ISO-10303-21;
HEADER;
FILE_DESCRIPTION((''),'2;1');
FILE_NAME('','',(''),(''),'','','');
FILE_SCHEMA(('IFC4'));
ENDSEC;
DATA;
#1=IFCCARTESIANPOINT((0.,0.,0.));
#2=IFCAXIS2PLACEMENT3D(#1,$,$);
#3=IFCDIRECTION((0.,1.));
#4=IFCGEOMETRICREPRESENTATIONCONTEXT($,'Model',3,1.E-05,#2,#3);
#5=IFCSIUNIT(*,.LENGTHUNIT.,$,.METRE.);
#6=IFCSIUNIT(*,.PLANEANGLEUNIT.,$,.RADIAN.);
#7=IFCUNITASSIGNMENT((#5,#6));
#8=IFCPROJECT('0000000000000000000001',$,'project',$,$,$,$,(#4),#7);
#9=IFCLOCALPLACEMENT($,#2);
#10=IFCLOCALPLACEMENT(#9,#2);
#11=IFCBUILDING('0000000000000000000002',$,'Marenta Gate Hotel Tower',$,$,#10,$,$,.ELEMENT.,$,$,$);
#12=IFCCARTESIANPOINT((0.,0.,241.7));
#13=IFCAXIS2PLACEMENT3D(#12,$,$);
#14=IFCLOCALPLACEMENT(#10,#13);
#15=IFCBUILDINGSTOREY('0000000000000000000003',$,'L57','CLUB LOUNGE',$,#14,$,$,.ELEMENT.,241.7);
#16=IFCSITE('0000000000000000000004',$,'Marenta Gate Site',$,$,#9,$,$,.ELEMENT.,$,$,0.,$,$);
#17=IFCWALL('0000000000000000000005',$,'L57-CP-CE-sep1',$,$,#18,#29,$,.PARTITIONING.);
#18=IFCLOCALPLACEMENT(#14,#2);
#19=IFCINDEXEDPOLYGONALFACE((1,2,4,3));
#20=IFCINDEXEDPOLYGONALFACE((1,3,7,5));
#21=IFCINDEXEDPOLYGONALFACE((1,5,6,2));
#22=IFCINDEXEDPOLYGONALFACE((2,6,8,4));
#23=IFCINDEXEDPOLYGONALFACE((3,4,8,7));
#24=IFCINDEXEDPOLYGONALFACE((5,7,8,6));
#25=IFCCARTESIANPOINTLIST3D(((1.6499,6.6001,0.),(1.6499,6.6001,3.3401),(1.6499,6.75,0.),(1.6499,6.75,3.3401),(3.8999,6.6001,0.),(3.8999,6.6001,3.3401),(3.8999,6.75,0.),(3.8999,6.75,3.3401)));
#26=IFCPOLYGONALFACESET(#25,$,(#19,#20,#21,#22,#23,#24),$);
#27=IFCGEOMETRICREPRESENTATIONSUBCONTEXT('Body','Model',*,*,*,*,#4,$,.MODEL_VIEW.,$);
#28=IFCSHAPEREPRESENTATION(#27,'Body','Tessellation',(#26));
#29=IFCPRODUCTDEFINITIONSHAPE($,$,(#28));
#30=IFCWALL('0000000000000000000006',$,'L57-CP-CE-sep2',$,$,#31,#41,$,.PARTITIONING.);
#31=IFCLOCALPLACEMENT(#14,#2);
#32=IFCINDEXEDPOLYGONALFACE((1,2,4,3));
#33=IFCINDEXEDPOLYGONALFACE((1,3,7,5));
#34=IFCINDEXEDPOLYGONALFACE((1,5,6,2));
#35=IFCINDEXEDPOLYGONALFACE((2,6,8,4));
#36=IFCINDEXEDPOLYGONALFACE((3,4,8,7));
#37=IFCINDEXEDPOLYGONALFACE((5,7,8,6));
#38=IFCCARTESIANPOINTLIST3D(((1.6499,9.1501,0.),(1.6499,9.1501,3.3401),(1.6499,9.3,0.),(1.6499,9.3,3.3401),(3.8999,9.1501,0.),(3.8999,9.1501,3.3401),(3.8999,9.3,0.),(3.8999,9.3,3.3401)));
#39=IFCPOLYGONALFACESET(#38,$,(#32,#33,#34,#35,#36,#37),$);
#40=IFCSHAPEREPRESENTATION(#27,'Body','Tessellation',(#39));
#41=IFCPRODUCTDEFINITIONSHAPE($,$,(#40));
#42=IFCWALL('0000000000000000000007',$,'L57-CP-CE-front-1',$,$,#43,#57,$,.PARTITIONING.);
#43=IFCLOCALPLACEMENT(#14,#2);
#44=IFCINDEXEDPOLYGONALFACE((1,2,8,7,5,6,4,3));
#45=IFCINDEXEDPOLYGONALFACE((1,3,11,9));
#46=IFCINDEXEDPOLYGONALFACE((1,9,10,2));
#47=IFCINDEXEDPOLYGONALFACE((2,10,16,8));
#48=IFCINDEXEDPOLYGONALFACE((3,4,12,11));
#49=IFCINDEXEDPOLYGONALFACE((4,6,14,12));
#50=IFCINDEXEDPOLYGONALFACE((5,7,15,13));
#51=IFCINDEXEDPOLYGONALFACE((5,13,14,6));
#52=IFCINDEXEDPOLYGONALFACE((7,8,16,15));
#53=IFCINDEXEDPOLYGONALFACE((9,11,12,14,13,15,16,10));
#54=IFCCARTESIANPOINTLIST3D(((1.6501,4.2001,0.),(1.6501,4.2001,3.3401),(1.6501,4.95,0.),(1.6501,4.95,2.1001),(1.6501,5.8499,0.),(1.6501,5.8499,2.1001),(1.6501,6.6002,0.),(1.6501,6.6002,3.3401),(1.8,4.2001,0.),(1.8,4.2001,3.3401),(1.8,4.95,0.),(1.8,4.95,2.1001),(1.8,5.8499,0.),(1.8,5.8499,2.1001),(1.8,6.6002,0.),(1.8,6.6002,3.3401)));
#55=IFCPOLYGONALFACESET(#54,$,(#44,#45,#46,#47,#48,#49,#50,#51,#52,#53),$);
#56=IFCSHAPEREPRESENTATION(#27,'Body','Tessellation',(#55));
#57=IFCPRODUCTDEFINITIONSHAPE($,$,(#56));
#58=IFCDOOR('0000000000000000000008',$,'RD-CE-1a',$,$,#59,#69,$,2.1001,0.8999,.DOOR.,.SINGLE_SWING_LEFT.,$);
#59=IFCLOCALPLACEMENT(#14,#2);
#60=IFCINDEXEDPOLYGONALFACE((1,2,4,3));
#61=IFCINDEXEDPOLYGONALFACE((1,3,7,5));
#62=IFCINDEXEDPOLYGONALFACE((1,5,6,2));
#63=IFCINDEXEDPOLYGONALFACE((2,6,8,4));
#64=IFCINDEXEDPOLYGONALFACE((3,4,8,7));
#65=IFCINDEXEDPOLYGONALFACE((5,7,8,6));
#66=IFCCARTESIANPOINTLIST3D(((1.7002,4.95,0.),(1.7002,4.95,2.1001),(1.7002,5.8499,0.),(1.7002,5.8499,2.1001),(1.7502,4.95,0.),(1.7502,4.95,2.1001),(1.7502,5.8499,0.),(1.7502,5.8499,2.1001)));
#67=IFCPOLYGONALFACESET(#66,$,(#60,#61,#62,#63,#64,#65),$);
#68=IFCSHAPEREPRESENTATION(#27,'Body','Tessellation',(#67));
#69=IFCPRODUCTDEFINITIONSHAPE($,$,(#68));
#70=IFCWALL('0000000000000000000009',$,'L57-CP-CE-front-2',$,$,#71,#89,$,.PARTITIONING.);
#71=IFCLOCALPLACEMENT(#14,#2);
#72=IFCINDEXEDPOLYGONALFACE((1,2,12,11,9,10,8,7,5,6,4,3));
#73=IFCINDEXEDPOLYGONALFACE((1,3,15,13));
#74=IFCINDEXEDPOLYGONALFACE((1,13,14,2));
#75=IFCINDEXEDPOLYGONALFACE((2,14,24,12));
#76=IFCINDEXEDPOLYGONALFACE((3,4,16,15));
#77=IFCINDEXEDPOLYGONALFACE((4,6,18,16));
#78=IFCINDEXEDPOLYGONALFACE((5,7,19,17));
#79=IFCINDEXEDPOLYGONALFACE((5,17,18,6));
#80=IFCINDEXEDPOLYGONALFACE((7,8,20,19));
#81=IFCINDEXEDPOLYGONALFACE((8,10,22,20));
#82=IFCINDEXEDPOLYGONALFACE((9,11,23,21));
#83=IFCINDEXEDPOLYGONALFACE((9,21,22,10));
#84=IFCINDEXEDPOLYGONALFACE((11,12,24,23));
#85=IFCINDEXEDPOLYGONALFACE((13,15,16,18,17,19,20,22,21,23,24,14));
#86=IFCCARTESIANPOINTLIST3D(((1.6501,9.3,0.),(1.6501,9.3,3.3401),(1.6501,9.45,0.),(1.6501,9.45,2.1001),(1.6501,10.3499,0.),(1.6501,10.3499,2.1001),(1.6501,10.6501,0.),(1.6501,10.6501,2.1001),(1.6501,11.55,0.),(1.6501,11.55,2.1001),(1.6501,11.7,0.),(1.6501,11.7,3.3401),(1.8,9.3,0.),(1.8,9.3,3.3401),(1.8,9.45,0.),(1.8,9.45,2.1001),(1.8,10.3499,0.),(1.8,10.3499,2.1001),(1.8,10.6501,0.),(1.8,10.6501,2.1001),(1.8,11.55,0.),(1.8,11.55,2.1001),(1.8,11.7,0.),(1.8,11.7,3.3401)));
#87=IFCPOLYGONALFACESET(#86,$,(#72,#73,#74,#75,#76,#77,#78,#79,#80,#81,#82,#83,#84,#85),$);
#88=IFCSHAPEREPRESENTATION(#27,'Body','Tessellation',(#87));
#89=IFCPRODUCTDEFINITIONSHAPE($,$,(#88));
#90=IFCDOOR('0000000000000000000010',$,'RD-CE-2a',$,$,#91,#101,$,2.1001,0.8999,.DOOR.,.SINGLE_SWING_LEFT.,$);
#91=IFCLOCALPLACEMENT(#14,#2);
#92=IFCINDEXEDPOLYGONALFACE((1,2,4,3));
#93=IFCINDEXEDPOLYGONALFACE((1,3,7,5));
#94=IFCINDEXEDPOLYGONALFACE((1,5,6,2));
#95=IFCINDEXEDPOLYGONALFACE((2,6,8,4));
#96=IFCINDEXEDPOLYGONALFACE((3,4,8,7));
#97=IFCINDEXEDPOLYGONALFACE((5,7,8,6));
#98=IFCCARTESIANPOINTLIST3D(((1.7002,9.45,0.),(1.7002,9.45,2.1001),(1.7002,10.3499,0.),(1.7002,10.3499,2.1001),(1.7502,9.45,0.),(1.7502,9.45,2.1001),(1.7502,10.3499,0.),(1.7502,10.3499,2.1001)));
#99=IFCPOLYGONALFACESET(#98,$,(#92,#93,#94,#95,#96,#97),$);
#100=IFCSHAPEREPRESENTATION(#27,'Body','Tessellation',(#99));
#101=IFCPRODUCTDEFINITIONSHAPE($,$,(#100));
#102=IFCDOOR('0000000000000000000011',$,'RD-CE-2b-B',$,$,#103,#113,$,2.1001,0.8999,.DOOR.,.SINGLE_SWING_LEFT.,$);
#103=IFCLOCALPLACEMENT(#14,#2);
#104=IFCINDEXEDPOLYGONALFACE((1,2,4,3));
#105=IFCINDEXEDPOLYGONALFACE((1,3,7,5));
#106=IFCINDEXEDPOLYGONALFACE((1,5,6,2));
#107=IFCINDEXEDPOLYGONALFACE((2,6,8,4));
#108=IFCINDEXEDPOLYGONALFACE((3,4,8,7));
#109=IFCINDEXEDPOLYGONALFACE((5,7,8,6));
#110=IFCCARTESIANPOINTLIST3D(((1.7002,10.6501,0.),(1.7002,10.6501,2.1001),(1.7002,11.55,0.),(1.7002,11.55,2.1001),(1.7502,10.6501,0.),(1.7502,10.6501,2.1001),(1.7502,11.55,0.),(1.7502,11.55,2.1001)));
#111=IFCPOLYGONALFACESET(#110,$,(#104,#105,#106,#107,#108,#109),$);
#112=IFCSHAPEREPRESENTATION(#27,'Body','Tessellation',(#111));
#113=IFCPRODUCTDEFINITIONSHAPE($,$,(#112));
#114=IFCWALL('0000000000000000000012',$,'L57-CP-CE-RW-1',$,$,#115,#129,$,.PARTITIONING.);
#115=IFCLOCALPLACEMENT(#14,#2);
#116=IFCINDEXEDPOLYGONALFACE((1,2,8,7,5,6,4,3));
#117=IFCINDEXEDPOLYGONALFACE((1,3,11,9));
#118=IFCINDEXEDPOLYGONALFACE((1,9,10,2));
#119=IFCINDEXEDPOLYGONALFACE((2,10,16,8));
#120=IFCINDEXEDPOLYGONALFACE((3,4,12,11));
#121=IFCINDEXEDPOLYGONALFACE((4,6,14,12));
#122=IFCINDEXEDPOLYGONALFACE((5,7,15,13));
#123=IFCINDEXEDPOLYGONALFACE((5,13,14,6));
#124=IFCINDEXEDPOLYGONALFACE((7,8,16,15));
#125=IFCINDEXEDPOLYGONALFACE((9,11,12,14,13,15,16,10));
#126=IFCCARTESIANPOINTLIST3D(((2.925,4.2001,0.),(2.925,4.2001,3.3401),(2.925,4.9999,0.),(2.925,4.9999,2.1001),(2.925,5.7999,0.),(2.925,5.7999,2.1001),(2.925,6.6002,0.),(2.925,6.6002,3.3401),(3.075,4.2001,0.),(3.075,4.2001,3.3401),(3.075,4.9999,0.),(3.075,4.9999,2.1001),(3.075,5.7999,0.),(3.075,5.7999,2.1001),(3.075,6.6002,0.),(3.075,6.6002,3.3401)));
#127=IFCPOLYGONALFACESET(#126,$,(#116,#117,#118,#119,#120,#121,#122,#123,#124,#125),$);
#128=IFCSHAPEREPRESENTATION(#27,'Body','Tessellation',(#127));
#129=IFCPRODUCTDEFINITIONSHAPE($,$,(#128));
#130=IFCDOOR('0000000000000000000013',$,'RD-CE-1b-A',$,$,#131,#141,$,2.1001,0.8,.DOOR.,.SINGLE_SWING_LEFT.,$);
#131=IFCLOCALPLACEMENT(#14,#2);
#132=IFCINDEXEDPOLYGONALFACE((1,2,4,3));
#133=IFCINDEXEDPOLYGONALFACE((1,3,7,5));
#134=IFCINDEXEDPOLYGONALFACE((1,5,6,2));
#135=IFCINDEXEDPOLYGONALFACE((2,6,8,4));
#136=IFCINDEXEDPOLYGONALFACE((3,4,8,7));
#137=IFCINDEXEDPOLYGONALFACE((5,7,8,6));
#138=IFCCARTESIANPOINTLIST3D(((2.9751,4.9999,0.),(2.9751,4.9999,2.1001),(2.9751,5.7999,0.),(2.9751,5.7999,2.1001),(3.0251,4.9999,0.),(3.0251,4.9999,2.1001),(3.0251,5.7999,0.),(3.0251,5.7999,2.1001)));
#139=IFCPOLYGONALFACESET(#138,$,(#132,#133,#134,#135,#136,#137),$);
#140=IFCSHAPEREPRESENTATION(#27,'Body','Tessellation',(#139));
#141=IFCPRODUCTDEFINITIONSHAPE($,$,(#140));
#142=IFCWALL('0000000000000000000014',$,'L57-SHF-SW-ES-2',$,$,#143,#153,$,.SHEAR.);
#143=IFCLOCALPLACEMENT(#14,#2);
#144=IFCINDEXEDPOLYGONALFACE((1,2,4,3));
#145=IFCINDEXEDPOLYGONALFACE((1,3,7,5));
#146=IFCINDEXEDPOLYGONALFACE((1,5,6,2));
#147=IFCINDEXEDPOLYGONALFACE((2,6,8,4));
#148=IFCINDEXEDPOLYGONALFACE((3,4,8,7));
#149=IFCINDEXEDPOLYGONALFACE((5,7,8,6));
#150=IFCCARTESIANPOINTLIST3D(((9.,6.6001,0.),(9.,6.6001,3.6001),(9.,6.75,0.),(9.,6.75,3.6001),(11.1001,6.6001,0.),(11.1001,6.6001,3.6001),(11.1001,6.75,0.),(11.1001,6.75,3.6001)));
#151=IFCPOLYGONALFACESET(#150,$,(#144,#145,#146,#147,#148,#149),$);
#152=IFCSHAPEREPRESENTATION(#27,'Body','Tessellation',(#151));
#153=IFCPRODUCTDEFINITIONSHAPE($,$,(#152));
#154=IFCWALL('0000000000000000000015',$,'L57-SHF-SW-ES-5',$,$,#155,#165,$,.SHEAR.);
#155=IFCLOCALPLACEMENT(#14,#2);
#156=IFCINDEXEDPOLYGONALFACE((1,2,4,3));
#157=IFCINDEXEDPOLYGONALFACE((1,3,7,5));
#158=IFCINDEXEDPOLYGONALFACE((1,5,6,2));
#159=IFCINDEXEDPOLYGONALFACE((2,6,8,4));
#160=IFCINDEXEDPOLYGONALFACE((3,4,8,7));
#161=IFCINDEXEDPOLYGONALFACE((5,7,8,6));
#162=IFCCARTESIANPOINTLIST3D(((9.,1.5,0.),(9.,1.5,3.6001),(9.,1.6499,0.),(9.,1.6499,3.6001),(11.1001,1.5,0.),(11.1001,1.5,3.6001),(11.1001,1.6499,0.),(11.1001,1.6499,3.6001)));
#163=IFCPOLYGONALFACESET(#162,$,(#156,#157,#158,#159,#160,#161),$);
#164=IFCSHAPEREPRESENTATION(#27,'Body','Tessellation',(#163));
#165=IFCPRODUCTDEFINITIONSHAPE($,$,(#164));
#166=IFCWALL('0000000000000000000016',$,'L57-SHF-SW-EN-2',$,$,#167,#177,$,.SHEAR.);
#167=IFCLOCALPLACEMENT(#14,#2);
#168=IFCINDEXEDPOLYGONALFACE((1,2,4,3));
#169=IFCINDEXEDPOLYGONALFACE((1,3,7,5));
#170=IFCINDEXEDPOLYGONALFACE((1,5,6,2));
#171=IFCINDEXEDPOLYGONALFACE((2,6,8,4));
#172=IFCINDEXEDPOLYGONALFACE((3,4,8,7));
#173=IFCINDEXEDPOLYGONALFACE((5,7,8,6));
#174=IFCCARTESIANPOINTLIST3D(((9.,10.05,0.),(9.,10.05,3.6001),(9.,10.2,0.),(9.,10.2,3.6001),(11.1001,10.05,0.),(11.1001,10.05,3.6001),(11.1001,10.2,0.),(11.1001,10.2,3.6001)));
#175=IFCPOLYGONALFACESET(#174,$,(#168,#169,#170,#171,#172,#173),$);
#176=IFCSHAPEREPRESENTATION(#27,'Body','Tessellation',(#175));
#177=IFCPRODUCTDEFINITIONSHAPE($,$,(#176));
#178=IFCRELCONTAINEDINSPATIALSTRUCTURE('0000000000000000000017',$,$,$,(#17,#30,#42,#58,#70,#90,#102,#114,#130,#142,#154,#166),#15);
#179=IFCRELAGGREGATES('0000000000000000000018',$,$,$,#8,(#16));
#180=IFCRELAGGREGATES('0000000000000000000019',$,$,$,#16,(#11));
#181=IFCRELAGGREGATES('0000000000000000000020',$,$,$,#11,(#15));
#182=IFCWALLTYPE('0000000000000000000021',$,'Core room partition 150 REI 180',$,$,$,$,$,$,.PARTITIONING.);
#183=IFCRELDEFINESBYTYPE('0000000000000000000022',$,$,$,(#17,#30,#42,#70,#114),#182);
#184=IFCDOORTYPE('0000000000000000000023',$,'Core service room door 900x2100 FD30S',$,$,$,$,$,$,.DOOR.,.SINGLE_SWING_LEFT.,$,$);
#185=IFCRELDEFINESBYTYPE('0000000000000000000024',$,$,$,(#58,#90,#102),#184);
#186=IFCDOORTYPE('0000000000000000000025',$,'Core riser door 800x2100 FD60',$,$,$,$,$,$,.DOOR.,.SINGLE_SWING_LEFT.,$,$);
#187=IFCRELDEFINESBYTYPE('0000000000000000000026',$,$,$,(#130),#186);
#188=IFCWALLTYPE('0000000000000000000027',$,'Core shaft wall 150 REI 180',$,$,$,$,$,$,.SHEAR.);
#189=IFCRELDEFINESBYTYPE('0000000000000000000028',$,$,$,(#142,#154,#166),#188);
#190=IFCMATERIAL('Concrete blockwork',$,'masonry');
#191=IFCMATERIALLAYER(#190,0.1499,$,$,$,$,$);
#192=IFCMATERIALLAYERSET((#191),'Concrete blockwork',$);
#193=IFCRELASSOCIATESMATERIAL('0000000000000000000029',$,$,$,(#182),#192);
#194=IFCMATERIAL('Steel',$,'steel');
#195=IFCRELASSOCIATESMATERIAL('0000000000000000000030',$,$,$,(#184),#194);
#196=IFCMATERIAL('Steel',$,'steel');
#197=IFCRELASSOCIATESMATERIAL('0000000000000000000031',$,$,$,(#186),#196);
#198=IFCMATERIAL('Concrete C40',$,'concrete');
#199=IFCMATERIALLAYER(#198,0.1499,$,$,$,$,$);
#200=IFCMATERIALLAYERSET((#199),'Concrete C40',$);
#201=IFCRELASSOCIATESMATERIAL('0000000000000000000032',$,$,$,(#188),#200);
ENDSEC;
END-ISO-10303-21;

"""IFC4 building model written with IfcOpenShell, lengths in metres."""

from ifc_helpers import new_model, si_unit, direction, frame, frame_2d, origin, place, context, subcontext, project, spatial, rectangle, extrude, material, layer, layer_set, type_object, element, fill, save


model = new_model("IFC4")

# Units and contexts
model_context = context("Model", 3, precision=1e-05, world=origin(), true_north=direction((0.0, 1.0)))
body_context = subcontext(model_context, "Body", "Model", "MODEL_VIEW")
ifc_project = project(units=[si_unit("LENGTHUNIT", "METRE"), si_unit("PLANEANGLEUNIT", "RADIAN")], contexts=[model_context])

# Site, building, storey
site_placement = place(None, origin())
site = spatial("IfcSite", under=ifc_project, at=site_placement, Name="Marenta Gate Site", CompositionType="ELEMENT", RefElevation=0.0)
building_placement = place(site_placement, origin())
building = spatial("IfcBuilding", under=site, at=building_placement, Name="Marenta Gate Hotel Tower", CompositionType="ELEMENT")
storey_placement = place(building_placement, frame((0.0, 0.0, 241.7)))
storey = spatial("IfcBuildingStorey", under=building, at=storey_placement, Name="L57", Description="CLUB LOUNGE", CompositionType="ELEMENT", Elevation=241.7)

# Walls
ifc_material_1 = material(Name="Concrete blockwork", Category="masonry")
ifc_layer_1 = layer(ifc_material_1, 0.1499)
ifc_layer_set_1 = layer_set([ifc_layer_1], Name="Concrete blockwork")
wall_type_1 = type_object("IfcWallType", Name="Core room partition 150 REI 180", PredefinedType="PARTITIONING", material=ifc_layer_set_1)
for number, where, z_axis, x_axis, name in (
    (1, (1.6499, 6.675, 0.0), (0.0, 0.0, 1.0), (1.0, 0.0, 0.0), "L57-CP-CE-sep1"),
    (2, (1.6499, 9.2251, 0.0), (0.0, 0.0, 1.0), (1.0, 0.0, 0.0), "L57-CP-CE-sep2"),
):
    element("IfcWall", number, at=place(storey_placement, frame(where, z_axis=z_axis, x_axis=x_axis)), inside=storey, type_object=wall_type_1, Name=name, PredefinedType="PARTITIONING", context=body_context, shape_type="SweptSolid", body=[
        extrude(rectangle(XDim=2.25, YDim=0.1499, at=frame_2d((1.125, 0.0))), origin(), (0.0, 0.0, 1.0), 3.3401),
    ])

# Wall, opening, door
wall_1_placement = place(storey_placement, frame((1.7251, 4.2, 0.0), z_axis=(0.0, 0.0, 1.0), x_axis=(0.0, 1.0, 0.0)))
wall_1 = element("IfcWall", 3, at=wall_1_placement, inside=storey, type_object=wall_type_1, Name="L57-CP-CE-front-1", PredefinedType="PARTITIONING", context=body_context, shape_type="SweptSolid", body=[
    extrude(rectangle(XDim=2.4001, YDim=0.1499, at=frame_2d((1.2002, 0.0))), origin(), (0.0, 0.0, 1.0), 3.3401),
])
opening_1_placement = place(wall_1_placement, frame((0.75, 0.0, 0.0)))
opening_1 = element("IfcOpeningElement", 4, at=opening_1_placement, cuts=wall_1, PredefinedType="OPENING", context=body_context, shape_type="SweptSolid", body=[
    extrude(rectangle(XDim=0.8999, YDim=2.1001, at=frame_2d((0.45, 1.05))), frame((0.0, 0.075, 0.0), z_axis=(0.0, -1.0, 0.0), x_axis=(1.0, 0.0, 0.0)), (0.0, 0.0, 1.0), 0.1499),
])
ifc_material_2 = material(Name="Steel", Category="steel")
door_type_1 = type_object("IfcDoorType", Name="Core service room door 900x2100 FD30S", OperationType="SINGLE_SWING_LEFT", PredefinedType="DOOR", material=ifc_material_2)
door_1_placement = place(opening_1_placement, origin())
door_1 = element("IfcDoor", 5, at=door_1_placement, inside=storey, type_object=door_type_1, Name="RD-CE-1a", OperationType="SINGLE_SWING_LEFT", OverallHeight=2.1001, OverallWidth=0.8999, PredefinedType="DOOR", context=body_context, shape_type="SweptSolid", body=[
    extrude(rectangle(XDim=0.8999, YDim=2.1001, at=frame_2d((0.45, 1.05))), frame((0.0, 0.0249, 0.0), z_axis=(0.0, -1.0, 0.0), x_axis=(1.0, 0.0, 0.0)), (0.0, 0.0, 1.0), 0.05),
])
fill(opening_1, door_1)

# Wall, openings, doors
wall_2_placement = place(storey_placement, frame((1.7251, 9.3, 0.0), z_axis=(0.0, 0.0, 1.0), x_axis=(0.0, 1.0, 0.0)))
wall_2 = element("IfcWall", 6, at=wall_2_placement, inside=storey, type_object=wall_type_1, Name="L57-CP-CE-front-2", PredefinedType="PARTITIONING", context=body_context, shape_type="SweptSolid", body=[
    extrude(rectangle(XDim=2.3999, YDim=0.1499, at=frame_2d((1.2, 0.0))), origin(), (0.0, 0.0, 1.0), 3.3401),
])
opening_2_placement = place(wall_2_placement, frame((0.1499, 0.0, 0.0)))
opening_2 = element("IfcOpeningElement", 7, at=opening_2_placement, cuts=wall_2, PredefinedType="OPENING", context=body_context, shape_type="SweptSolid", body=[
    extrude(rectangle(XDim=0.8999, YDim=2.1001, at=frame_2d((0.45, 1.05))), frame((0.0, 0.075, 0.0), z_axis=(0.0, -1.0, 0.0), x_axis=(1.0, 0.0, 0.0)), (0.0, 0.0, 1.0), 0.1499),
])
opening_3_placement = place(wall_2_placement, frame((1.3501, 0.0, 0.0)))
opening_3 = element("IfcOpeningElement", 8, at=opening_3_placement, cuts=wall_2, PredefinedType="OPENING", context=body_context, shape_type="SweptSolid", body=[
    extrude(rectangle(XDim=0.8999, YDim=2.1001, at=frame_2d((0.45, 1.05))), frame((0.0, 0.075, 0.0), z_axis=(0.0, -1.0, 0.0), x_axis=(1.0, 0.0, 0.0)), (0.0, 0.0, 1.0), 0.1499),
])
door_2_placement = place(opening_2_placement, origin())
door_2 = element("IfcDoor", 9, at=door_2_placement, inside=storey, type_object=door_type_1, Name="RD-CE-2a", OperationType="SINGLE_SWING_LEFT", OverallHeight=2.1001, OverallWidth=0.8999, PredefinedType="DOOR", context=body_context, shape_type="SweptSolid", body=[
    extrude(rectangle(XDim=0.8999, YDim=2.1001, at=frame_2d((0.45, 1.05))), frame((0.0, 0.0249, 0.0), z_axis=(0.0, -1.0, 0.0), x_axis=(1.0, 0.0, 0.0)), (0.0, 0.0, 1.0), 0.05),
])
fill(opening_2, door_2)
door_3_placement = place(opening_3_placement, origin())
door_3 = element("IfcDoor", 10, at=door_3_placement, inside=storey, type_object=door_type_1, Name="RD-CE-2b-B", OperationType="SINGLE_SWING_LEFT", OverallHeight=2.1001, OverallWidth=0.8999, PredefinedType="DOOR", context=body_context, shape_type="SweptSolid", body=[
    extrude(rectangle(XDim=0.8999, YDim=2.1001, at=frame_2d((0.45, 1.05))), frame((0.0, 0.0249, 0.0), z_axis=(0.0, -1.0, 0.0), x_axis=(1.0, 0.0, 0.0)), (0.0, 0.0, 1.0), 0.05),
])
fill(opening_3, door_3)

# Wall, opening, door
wall_3_placement = place(storey_placement, frame((3.0, 4.2, 0.0), z_axis=(0.0, 0.0, 1.0), x_axis=(0.0, 1.0, 0.0)))
wall_3 = element("IfcWall", 11, at=wall_3_placement, inside=storey, type_object=wall_type_1, Name="L57-CP-CE-RW-1", PredefinedType="PARTITIONING", context=body_context, shape_type="SweptSolid", body=[
    extrude(rectangle(XDim=2.4001, YDim=0.1499, at=frame_2d((1.2002, 0.0))), origin(), (0.0, 0.0, 1.0), 3.3401),
])
opening_4_placement = place(wall_3_placement, frame((0.8, 0.0, 0.0)))
opening_4 = element("IfcOpeningElement", 12, at=opening_4_placement, cuts=wall_3, PredefinedType="OPENING", context=body_context, shape_type="SweptSolid", body=[
    extrude(rectangle(XDim=0.8, YDim=2.1001, at=frame_2d((0.3999, 1.05))), frame((0.0, 0.075, 0.0), z_axis=(0.0, -1.0, 0.0), x_axis=(1.0, 0.0, 0.0)), (0.0, 0.0, 1.0), 0.1499),
])
ifc_material_3 = material(Name="Steel", Category="steel")
door_type_2 = type_object("IfcDoorType", Name="Core riser door 800x2100 FD60", OperationType="SINGLE_SWING_LEFT", PredefinedType="DOOR", material=ifc_material_3)
door_4_placement = place(opening_4_placement, origin())
door_4 = element("IfcDoor", 13, at=door_4_placement, inside=storey, type_object=door_type_2, Name="RD-CE-1b-A", OperationType="SINGLE_SWING_LEFT", OverallHeight=2.1001, OverallWidth=0.8, PredefinedType="DOOR", context=body_context, shape_type="SweptSolid", body=[
    extrude(rectangle(XDim=0.8, YDim=2.1001, at=frame_2d((0.3999, 1.05))), frame((0.0, 0.0249, 0.0), z_axis=(0.0, -1.0, 0.0), x_axis=(1.0, 0.0, 0.0)), (0.0, 0.0, 1.0), 0.05),
])
fill(opening_4, door_4)

# Walls
ifc_material_4 = material(Name="Concrete C40", Category="concrete")
ifc_layer_2 = layer(ifc_material_4, 0.1499)
ifc_layer_set_2 = layer_set([ifc_layer_2], Name="Concrete C40")
wall_type_2 = type_object("IfcWallType", Name="Core shaft wall 150 REI 180", PredefinedType="SHEAR", material=ifc_layer_set_2)
for number, where, z_axis, x_axis, name in (
    (14, (9.0, 6.675, 0.0), (0.0, 0.0, 1.0), (1.0, 0.0, 0.0), "L57-SHF-SW-ES-2"),
    (15, (9.0, 1.575, 0.0), (0.0, 0.0, 1.0), (1.0, 0.0, 0.0), "L57-SHF-SW-ES-5"),
    (16, (9.0, 10.125, 0.0), (0.0, 0.0, 1.0), (1.0, 0.0, 0.0), "L57-SHF-SW-EN-2"),
):
    element("IfcWall", number, at=place(storey_placement, frame(where, z_axis=z_axis, x_axis=x_axis)), inside=storey, type_object=wall_type_2, Name=name, PredefinedType="SHEAR", context=body_context, shape_type="SweptSolid", body=[
        extrude(rectangle(XDim=2.1001, YDim=0.1499, at=frame_2d((1.05, 0.0))), origin(), (0.0, 0.0, 1.0), 3.6001),
    ])

save(model, "model.ifc")
